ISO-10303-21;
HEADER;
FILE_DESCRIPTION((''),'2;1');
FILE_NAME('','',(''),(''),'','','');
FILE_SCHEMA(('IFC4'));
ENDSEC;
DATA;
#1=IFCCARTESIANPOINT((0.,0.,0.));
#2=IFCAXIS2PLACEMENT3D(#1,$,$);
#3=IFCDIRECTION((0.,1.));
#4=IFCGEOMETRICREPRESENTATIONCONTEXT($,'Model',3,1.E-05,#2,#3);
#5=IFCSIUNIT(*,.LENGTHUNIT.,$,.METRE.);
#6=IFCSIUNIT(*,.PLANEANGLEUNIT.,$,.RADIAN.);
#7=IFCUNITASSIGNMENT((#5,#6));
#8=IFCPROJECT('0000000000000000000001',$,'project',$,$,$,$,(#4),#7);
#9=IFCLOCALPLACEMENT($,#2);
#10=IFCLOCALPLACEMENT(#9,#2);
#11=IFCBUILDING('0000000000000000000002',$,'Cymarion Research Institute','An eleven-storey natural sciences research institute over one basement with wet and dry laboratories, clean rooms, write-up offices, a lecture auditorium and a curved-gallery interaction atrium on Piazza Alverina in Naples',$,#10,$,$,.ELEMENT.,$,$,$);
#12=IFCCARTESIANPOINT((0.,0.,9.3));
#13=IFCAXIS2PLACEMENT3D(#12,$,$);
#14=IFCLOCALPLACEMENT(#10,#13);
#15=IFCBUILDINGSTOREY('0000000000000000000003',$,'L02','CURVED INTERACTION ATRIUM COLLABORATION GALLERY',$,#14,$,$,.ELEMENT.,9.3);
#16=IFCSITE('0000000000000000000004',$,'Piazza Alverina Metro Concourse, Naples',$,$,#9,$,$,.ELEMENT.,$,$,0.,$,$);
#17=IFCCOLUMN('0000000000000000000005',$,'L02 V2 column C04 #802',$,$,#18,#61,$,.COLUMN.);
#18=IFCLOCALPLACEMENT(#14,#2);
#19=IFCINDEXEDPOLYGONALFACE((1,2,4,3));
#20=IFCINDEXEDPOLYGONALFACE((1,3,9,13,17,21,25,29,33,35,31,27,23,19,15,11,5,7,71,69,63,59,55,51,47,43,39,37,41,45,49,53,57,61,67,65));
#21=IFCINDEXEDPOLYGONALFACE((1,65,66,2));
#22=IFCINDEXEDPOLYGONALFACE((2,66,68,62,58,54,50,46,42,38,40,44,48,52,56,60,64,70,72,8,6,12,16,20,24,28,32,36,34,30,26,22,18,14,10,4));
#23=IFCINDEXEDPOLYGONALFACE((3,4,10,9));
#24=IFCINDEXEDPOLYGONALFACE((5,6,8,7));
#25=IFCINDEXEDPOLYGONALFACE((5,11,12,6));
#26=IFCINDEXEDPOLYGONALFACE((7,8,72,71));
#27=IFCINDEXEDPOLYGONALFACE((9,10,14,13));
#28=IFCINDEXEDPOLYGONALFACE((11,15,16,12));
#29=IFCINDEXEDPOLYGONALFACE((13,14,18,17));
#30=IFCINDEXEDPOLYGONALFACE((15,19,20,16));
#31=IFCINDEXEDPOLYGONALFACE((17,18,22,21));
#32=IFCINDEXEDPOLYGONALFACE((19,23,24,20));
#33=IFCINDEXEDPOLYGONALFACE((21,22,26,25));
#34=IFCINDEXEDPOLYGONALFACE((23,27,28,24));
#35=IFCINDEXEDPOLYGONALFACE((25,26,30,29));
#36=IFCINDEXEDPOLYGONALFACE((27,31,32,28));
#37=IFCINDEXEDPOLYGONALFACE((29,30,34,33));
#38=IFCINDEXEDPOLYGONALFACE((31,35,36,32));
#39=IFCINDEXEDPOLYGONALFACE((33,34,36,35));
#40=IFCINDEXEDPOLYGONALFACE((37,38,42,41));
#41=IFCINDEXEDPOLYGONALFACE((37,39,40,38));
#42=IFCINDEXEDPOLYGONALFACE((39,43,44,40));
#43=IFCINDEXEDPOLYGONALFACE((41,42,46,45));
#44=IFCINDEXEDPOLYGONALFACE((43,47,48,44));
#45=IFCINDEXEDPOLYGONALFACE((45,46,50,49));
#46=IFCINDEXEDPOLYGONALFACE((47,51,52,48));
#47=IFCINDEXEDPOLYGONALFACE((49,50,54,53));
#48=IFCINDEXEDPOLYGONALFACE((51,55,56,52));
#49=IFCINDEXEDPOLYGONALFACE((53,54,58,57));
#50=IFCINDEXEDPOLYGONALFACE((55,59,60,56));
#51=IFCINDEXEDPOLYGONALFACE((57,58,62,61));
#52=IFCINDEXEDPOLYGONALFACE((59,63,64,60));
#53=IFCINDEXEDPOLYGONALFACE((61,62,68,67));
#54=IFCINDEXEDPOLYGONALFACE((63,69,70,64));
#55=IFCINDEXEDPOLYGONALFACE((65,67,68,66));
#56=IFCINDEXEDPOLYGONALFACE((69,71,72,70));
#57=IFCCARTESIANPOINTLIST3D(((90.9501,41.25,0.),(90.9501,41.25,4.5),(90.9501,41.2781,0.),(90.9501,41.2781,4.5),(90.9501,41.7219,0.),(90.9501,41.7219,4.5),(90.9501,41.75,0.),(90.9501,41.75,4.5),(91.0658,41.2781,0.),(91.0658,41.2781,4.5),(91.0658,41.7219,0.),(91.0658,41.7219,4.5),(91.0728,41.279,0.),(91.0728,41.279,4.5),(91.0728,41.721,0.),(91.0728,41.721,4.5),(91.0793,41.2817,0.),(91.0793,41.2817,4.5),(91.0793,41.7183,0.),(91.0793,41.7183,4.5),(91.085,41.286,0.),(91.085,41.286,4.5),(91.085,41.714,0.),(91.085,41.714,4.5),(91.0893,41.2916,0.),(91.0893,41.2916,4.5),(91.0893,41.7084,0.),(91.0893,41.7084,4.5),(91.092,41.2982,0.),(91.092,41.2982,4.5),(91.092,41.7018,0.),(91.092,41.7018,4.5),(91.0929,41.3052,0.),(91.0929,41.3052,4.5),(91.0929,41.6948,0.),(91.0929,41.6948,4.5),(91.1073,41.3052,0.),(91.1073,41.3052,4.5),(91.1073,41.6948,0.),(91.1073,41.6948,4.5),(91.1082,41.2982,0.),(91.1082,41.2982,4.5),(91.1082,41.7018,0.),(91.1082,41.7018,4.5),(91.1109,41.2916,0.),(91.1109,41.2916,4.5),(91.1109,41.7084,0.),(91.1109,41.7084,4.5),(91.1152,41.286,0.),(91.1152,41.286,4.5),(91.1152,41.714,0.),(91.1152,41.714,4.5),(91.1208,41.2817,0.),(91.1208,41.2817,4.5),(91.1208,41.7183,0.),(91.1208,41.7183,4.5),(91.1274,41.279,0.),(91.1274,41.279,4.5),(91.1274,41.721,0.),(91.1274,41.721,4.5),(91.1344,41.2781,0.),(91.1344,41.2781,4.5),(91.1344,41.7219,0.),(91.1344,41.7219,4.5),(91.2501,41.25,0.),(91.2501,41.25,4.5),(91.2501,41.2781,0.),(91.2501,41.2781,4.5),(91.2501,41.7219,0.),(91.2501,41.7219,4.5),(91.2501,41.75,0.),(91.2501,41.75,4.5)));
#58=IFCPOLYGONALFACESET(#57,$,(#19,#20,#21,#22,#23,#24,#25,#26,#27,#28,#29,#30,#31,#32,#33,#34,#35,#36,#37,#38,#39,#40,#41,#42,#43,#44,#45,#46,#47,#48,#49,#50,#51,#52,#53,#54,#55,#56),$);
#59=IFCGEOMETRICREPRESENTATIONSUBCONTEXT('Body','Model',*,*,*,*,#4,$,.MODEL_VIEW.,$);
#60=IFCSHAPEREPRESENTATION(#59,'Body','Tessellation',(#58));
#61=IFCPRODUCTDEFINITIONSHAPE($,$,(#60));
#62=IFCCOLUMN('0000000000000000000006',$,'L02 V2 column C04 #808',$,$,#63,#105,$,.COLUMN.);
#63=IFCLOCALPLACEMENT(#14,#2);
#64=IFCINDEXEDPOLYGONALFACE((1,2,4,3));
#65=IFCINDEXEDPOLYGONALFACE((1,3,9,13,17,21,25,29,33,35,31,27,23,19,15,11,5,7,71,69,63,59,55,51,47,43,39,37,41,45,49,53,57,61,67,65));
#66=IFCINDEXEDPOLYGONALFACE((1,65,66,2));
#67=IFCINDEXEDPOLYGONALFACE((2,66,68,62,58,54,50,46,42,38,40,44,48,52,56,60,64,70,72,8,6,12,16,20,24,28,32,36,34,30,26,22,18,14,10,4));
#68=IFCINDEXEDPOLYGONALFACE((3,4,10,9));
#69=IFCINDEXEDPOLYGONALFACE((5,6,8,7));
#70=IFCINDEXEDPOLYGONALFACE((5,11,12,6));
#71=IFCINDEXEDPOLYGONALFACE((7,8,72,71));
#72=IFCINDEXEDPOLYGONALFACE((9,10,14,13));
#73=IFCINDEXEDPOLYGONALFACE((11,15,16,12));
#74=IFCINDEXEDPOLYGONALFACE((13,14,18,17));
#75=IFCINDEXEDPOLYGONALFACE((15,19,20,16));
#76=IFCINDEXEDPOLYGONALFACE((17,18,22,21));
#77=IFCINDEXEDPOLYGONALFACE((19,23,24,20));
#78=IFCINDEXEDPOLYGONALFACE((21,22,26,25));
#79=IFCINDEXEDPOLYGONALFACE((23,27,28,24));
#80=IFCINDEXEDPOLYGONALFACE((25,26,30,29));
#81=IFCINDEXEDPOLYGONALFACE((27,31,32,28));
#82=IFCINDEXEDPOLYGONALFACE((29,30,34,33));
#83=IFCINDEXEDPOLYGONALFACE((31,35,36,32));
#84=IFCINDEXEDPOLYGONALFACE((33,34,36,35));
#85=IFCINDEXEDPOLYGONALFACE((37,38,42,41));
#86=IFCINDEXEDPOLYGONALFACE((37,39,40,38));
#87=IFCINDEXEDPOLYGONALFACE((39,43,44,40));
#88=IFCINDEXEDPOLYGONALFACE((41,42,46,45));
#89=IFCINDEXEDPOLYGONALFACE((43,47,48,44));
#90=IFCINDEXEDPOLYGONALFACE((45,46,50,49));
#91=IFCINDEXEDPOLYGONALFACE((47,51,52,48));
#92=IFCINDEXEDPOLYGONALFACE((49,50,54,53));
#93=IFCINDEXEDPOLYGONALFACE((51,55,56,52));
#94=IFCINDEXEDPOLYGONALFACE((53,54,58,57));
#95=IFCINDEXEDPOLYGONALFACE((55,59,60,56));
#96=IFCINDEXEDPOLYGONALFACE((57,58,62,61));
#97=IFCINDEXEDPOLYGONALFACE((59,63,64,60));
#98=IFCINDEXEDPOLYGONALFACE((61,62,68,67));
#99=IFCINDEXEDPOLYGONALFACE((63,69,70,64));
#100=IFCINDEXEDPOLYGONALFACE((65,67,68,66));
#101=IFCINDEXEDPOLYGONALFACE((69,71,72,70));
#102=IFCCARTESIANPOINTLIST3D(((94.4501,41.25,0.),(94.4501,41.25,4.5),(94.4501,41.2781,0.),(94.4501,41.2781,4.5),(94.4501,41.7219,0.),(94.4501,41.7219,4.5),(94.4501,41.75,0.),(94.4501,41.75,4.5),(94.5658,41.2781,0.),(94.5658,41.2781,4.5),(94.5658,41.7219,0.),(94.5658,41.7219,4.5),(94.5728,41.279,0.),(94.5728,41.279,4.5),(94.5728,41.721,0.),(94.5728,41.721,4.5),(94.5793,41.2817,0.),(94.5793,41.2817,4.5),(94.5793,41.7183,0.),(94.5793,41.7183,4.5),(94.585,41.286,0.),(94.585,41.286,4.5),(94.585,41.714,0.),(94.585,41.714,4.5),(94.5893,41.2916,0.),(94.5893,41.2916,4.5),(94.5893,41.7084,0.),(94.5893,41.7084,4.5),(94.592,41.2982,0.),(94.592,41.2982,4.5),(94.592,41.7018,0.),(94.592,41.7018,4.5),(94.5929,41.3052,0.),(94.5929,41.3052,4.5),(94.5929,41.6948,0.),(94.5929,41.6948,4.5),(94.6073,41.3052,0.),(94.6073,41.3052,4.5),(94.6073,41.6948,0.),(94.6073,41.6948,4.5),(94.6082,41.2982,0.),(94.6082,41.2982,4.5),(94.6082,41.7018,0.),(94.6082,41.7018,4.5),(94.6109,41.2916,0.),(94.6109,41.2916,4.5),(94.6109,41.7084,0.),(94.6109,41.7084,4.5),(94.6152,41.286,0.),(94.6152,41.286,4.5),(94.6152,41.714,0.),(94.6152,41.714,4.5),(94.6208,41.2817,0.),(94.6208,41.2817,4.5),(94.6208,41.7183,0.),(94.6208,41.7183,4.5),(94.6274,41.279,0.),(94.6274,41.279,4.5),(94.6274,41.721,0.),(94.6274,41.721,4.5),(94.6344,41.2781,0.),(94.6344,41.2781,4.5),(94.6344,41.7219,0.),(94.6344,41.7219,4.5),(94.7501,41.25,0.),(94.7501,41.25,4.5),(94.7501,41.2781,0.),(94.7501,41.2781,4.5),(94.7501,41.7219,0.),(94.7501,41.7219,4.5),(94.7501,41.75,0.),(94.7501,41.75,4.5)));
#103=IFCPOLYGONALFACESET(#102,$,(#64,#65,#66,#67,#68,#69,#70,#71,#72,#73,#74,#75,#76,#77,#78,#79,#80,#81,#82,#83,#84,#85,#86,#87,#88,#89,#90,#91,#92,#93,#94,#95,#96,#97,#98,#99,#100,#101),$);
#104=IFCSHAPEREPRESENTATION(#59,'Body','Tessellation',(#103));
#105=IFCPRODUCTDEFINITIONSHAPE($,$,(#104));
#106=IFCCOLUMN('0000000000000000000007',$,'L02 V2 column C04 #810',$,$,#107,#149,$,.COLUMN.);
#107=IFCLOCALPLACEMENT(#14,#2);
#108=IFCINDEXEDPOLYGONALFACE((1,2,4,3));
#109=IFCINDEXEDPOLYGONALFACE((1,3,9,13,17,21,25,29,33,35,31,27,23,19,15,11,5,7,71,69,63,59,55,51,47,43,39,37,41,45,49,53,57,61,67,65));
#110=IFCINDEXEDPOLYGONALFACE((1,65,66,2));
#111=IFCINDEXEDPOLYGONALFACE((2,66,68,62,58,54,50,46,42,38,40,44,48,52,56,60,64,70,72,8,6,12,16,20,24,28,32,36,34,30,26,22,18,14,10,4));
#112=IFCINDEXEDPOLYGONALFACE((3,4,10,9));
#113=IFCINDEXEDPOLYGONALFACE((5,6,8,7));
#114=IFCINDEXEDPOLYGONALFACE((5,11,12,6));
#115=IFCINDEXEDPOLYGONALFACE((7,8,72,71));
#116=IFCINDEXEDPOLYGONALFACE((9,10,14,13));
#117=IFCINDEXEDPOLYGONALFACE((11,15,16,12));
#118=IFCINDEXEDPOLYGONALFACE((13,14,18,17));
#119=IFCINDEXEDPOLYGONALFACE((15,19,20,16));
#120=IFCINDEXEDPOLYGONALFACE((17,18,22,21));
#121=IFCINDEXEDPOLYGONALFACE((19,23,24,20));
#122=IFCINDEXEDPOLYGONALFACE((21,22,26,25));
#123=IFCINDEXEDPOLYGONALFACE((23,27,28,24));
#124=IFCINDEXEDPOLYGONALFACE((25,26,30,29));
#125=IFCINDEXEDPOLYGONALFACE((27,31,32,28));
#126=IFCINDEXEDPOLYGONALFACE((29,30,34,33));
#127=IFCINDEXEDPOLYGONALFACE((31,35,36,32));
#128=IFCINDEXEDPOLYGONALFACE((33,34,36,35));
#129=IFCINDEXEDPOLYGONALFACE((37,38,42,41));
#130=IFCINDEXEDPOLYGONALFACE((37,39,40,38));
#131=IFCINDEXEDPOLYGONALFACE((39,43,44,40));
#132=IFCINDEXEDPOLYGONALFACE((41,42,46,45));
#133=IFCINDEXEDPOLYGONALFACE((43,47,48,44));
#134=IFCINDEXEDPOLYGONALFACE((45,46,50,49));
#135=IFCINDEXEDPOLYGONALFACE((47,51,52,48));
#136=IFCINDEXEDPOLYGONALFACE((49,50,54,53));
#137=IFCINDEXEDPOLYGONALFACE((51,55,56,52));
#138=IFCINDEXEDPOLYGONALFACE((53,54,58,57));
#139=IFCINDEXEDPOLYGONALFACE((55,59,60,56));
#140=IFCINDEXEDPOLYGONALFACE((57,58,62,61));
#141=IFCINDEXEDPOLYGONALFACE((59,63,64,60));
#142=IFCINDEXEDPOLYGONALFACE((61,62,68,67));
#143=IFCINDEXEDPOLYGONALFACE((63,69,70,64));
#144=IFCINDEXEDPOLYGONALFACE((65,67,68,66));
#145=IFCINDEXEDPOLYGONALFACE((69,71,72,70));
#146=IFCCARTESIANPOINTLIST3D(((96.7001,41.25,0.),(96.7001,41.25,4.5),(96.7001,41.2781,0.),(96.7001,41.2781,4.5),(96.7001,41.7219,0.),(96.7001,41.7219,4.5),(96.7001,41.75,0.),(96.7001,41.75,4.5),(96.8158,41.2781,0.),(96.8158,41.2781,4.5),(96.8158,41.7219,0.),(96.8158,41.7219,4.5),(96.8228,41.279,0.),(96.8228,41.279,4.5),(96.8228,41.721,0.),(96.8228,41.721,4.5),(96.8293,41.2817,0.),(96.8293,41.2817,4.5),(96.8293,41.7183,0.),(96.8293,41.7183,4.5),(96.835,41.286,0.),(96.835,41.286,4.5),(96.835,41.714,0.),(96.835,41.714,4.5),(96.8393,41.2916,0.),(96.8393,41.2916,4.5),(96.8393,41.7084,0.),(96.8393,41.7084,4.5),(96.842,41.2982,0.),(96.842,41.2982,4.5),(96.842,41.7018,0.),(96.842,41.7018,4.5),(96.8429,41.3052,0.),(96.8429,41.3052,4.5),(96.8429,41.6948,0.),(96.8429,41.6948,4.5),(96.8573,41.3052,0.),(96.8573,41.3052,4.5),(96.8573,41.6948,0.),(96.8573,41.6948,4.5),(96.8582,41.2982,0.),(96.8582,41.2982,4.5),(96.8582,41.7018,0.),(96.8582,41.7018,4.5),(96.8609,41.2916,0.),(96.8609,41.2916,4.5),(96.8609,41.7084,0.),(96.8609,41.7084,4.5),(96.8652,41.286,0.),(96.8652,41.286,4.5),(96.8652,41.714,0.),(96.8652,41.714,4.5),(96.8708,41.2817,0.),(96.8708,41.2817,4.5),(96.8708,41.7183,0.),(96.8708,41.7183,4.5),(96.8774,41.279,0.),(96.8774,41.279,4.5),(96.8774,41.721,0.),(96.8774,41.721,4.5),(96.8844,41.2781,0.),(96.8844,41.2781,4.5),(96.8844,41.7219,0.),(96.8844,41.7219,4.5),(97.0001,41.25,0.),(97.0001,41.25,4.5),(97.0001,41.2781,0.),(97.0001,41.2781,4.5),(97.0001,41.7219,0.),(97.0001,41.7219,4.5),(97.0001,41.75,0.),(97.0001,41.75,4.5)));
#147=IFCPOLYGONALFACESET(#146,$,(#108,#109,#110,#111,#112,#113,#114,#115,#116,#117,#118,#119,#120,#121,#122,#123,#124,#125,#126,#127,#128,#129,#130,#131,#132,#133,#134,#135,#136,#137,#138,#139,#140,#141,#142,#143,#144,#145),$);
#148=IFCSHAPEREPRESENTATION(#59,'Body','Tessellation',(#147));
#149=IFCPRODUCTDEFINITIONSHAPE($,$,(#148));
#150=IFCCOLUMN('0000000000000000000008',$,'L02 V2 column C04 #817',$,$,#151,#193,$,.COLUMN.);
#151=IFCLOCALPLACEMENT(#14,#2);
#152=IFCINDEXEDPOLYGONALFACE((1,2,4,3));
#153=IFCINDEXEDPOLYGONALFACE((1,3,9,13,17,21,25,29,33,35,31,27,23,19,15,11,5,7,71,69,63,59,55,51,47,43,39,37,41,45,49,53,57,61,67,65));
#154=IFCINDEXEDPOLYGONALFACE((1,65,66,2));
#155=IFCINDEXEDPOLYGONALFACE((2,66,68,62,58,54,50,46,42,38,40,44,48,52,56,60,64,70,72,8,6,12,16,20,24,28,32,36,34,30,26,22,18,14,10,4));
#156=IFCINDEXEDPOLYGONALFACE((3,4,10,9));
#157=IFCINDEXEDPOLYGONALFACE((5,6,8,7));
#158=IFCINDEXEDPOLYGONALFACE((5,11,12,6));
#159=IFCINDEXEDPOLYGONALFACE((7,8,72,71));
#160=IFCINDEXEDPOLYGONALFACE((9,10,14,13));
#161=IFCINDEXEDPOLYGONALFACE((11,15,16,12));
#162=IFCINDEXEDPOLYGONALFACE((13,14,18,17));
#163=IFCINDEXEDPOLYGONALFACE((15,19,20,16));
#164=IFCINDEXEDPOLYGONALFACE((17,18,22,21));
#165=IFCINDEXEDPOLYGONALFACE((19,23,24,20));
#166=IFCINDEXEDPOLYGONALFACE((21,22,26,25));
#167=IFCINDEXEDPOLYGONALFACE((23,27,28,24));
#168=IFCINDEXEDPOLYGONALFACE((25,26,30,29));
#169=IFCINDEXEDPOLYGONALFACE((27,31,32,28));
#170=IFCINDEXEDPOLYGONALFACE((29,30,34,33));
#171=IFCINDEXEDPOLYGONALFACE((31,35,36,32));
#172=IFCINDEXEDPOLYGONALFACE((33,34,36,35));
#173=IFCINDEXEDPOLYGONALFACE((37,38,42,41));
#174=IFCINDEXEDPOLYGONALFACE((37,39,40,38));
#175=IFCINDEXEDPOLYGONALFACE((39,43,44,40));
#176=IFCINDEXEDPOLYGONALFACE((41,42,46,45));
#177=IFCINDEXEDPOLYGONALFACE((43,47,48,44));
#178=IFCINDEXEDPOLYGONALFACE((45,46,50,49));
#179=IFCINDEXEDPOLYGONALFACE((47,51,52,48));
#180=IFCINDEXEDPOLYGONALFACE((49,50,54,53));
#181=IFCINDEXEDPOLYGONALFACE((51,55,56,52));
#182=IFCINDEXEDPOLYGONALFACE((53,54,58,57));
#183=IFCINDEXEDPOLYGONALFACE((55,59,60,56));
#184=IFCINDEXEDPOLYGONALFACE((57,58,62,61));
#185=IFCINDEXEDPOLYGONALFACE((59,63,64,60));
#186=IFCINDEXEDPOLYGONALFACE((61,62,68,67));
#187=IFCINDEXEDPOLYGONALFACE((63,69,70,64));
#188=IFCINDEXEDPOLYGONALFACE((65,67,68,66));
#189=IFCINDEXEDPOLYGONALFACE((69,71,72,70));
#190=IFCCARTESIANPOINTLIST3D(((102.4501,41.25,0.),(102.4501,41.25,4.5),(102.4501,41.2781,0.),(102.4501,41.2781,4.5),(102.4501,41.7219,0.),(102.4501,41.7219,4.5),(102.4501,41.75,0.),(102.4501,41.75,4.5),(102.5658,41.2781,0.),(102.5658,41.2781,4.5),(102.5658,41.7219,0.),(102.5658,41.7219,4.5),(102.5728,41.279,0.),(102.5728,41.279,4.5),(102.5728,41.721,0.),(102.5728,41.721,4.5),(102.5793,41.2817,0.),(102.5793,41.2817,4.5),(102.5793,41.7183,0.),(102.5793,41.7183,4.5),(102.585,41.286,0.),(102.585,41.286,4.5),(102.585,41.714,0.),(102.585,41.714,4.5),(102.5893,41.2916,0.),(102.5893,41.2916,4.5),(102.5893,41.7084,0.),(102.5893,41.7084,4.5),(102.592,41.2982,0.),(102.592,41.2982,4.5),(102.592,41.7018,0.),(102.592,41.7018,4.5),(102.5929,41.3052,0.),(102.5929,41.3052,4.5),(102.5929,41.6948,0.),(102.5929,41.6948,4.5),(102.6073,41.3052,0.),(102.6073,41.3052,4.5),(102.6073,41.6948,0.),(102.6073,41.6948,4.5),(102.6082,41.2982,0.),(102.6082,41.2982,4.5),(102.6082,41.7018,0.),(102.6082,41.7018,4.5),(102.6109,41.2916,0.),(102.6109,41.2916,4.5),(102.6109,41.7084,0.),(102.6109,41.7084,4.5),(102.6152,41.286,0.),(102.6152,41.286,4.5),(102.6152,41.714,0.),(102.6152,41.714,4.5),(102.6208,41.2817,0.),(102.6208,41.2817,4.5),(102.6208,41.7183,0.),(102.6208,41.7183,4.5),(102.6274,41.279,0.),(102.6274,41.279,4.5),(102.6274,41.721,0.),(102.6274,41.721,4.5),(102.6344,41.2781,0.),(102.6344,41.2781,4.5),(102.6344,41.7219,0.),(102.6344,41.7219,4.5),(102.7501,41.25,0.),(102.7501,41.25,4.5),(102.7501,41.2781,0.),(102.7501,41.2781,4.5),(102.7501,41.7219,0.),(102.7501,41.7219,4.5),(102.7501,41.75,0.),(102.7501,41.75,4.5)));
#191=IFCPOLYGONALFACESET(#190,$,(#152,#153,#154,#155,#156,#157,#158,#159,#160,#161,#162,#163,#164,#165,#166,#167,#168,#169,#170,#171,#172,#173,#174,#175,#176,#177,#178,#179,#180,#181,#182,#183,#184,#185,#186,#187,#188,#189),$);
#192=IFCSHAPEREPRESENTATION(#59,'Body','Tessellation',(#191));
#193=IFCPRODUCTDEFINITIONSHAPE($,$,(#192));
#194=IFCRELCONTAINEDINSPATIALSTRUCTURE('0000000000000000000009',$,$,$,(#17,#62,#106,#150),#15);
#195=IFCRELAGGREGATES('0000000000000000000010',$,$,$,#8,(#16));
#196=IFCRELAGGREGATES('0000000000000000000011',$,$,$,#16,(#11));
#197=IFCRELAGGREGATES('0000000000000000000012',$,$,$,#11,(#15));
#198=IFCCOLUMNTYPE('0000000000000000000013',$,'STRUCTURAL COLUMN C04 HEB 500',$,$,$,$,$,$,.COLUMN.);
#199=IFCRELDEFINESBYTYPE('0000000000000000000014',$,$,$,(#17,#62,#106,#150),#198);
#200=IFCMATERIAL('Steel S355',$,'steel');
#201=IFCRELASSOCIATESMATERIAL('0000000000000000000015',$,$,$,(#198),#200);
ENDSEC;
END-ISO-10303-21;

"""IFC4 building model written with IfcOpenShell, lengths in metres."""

from ifc_helpers import new_model, si_unit, direction, frame, origin, origin_2d, place, context, subcontext, project, spatial, i_section, extrude, material, material_profile, profile_set, type_object, element, save


model = new_model("IFC4")

# Units and contexts
model_context = context("Model", 3, precision=1e-05, world=origin(), true_north=direction((0.0, 1.0)))
body_context = subcontext(model_context, "Body", "Model", "MODEL_VIEW")
ifc_project = project(units=[si_unit("LENGTHUNIT", "METRE"), si_unit("PLANEANGLEUNIT", "RADIAN")], contexts=[model_context])

# Site, building, storey
site_placement = place(None, origin())
site = spatial("IfcSite", under=ifc_project, at=site_placement, Name="Piazza Alverina Metro Concourse, Naples", CompositionType="ELEMENT", RefElevation=0.0)
building_placement = place(site_placement, origin())
building = spatial("IfcBuilding", under=site, at=building_placement, Name="Cymarion Research Institute", Description="An eleven-storey natural sciences research institute over one basement with wet and dry laboratories, clean rooms, write-up offices, a lecture auditorium and a curved-gallery interaction atrium on Piazza Alverina in Naples", CompositionType="ELEMENT")
storey_placement = place(building_placement, frame((0.0, 0.0, 9.3)))
storey = spatial("IfcBuildingStorey", under=building, at=storey_placement, Name="L02", Description="CURVED INTERACTION ATRIUM COLLABORATION GALLERY", CompositionType="ELEMENT", Elevation=9.3)

# Columns
ifc_material_1 = material(Name="Steel S355", Category="steel")
ifc_material_profile_1 = material_profile(ifc_material_1, i_section(OverallWidth=0.3, OverallDepth=0.5, WebThickness=0.0144, FlangeThickness=0.0281, FilletRadius=0.0271, at=origin_2d()), Name="HEB 500")
ifc_profile_set_1 = profile_set([ifc_material_profile_1], Name="Steel S355")
column_type = type_object("IfcColumnType", Name="STRUCTURAL COLUMN C04 HEB 500", PredefinedType="COLUMN", material=ifc_profile_set_1)
for number, where, z_axis, x_axis, name in (
    (1, (91.1001, 41.5, 0.0), (0.0, 0.0, 1.0), (1.0, 0.0, 0.0), "L02 V2 column C04 #802"),
    (2, (94.6001, 41.5, 0.0), (0.0, 0.0, 1.0), (1.0, 0.0, 0.0), "L02 V2 column C04 #808"),
    (3, (96.8501, 41.5, 0.0), (0.0, 0.0, 1.0), (1.0, 0.0, 0.0), "L02 V2 column C04 #810"),
    (4, (102.6001, 41.5, 0.0), (0.0, 0.0, 1.0), (1.0, 0.0, 0.0), "L02 V2 column C04 #817"),
):
    element("IfcColumn", number, at=place(storey_placement, frame(where, z_axis=z_axis, x_axis=x_axis)), inside=storey, type_object=column_type, Name=name, PredefinedType="COLUMN", context=body_context, shape_type="SweptSolid", body=[
        extrude(i_section(OverallWidth=0.3, OverallDepth=0.5, WebThickness=0.0144, FlangeThickness=0.0281, FilletRadius=0.0271, at=origin_2d()), origin(), (0.0, 0.0, 1.0), 4.5),
    ])

save(model, "model.ifc")
